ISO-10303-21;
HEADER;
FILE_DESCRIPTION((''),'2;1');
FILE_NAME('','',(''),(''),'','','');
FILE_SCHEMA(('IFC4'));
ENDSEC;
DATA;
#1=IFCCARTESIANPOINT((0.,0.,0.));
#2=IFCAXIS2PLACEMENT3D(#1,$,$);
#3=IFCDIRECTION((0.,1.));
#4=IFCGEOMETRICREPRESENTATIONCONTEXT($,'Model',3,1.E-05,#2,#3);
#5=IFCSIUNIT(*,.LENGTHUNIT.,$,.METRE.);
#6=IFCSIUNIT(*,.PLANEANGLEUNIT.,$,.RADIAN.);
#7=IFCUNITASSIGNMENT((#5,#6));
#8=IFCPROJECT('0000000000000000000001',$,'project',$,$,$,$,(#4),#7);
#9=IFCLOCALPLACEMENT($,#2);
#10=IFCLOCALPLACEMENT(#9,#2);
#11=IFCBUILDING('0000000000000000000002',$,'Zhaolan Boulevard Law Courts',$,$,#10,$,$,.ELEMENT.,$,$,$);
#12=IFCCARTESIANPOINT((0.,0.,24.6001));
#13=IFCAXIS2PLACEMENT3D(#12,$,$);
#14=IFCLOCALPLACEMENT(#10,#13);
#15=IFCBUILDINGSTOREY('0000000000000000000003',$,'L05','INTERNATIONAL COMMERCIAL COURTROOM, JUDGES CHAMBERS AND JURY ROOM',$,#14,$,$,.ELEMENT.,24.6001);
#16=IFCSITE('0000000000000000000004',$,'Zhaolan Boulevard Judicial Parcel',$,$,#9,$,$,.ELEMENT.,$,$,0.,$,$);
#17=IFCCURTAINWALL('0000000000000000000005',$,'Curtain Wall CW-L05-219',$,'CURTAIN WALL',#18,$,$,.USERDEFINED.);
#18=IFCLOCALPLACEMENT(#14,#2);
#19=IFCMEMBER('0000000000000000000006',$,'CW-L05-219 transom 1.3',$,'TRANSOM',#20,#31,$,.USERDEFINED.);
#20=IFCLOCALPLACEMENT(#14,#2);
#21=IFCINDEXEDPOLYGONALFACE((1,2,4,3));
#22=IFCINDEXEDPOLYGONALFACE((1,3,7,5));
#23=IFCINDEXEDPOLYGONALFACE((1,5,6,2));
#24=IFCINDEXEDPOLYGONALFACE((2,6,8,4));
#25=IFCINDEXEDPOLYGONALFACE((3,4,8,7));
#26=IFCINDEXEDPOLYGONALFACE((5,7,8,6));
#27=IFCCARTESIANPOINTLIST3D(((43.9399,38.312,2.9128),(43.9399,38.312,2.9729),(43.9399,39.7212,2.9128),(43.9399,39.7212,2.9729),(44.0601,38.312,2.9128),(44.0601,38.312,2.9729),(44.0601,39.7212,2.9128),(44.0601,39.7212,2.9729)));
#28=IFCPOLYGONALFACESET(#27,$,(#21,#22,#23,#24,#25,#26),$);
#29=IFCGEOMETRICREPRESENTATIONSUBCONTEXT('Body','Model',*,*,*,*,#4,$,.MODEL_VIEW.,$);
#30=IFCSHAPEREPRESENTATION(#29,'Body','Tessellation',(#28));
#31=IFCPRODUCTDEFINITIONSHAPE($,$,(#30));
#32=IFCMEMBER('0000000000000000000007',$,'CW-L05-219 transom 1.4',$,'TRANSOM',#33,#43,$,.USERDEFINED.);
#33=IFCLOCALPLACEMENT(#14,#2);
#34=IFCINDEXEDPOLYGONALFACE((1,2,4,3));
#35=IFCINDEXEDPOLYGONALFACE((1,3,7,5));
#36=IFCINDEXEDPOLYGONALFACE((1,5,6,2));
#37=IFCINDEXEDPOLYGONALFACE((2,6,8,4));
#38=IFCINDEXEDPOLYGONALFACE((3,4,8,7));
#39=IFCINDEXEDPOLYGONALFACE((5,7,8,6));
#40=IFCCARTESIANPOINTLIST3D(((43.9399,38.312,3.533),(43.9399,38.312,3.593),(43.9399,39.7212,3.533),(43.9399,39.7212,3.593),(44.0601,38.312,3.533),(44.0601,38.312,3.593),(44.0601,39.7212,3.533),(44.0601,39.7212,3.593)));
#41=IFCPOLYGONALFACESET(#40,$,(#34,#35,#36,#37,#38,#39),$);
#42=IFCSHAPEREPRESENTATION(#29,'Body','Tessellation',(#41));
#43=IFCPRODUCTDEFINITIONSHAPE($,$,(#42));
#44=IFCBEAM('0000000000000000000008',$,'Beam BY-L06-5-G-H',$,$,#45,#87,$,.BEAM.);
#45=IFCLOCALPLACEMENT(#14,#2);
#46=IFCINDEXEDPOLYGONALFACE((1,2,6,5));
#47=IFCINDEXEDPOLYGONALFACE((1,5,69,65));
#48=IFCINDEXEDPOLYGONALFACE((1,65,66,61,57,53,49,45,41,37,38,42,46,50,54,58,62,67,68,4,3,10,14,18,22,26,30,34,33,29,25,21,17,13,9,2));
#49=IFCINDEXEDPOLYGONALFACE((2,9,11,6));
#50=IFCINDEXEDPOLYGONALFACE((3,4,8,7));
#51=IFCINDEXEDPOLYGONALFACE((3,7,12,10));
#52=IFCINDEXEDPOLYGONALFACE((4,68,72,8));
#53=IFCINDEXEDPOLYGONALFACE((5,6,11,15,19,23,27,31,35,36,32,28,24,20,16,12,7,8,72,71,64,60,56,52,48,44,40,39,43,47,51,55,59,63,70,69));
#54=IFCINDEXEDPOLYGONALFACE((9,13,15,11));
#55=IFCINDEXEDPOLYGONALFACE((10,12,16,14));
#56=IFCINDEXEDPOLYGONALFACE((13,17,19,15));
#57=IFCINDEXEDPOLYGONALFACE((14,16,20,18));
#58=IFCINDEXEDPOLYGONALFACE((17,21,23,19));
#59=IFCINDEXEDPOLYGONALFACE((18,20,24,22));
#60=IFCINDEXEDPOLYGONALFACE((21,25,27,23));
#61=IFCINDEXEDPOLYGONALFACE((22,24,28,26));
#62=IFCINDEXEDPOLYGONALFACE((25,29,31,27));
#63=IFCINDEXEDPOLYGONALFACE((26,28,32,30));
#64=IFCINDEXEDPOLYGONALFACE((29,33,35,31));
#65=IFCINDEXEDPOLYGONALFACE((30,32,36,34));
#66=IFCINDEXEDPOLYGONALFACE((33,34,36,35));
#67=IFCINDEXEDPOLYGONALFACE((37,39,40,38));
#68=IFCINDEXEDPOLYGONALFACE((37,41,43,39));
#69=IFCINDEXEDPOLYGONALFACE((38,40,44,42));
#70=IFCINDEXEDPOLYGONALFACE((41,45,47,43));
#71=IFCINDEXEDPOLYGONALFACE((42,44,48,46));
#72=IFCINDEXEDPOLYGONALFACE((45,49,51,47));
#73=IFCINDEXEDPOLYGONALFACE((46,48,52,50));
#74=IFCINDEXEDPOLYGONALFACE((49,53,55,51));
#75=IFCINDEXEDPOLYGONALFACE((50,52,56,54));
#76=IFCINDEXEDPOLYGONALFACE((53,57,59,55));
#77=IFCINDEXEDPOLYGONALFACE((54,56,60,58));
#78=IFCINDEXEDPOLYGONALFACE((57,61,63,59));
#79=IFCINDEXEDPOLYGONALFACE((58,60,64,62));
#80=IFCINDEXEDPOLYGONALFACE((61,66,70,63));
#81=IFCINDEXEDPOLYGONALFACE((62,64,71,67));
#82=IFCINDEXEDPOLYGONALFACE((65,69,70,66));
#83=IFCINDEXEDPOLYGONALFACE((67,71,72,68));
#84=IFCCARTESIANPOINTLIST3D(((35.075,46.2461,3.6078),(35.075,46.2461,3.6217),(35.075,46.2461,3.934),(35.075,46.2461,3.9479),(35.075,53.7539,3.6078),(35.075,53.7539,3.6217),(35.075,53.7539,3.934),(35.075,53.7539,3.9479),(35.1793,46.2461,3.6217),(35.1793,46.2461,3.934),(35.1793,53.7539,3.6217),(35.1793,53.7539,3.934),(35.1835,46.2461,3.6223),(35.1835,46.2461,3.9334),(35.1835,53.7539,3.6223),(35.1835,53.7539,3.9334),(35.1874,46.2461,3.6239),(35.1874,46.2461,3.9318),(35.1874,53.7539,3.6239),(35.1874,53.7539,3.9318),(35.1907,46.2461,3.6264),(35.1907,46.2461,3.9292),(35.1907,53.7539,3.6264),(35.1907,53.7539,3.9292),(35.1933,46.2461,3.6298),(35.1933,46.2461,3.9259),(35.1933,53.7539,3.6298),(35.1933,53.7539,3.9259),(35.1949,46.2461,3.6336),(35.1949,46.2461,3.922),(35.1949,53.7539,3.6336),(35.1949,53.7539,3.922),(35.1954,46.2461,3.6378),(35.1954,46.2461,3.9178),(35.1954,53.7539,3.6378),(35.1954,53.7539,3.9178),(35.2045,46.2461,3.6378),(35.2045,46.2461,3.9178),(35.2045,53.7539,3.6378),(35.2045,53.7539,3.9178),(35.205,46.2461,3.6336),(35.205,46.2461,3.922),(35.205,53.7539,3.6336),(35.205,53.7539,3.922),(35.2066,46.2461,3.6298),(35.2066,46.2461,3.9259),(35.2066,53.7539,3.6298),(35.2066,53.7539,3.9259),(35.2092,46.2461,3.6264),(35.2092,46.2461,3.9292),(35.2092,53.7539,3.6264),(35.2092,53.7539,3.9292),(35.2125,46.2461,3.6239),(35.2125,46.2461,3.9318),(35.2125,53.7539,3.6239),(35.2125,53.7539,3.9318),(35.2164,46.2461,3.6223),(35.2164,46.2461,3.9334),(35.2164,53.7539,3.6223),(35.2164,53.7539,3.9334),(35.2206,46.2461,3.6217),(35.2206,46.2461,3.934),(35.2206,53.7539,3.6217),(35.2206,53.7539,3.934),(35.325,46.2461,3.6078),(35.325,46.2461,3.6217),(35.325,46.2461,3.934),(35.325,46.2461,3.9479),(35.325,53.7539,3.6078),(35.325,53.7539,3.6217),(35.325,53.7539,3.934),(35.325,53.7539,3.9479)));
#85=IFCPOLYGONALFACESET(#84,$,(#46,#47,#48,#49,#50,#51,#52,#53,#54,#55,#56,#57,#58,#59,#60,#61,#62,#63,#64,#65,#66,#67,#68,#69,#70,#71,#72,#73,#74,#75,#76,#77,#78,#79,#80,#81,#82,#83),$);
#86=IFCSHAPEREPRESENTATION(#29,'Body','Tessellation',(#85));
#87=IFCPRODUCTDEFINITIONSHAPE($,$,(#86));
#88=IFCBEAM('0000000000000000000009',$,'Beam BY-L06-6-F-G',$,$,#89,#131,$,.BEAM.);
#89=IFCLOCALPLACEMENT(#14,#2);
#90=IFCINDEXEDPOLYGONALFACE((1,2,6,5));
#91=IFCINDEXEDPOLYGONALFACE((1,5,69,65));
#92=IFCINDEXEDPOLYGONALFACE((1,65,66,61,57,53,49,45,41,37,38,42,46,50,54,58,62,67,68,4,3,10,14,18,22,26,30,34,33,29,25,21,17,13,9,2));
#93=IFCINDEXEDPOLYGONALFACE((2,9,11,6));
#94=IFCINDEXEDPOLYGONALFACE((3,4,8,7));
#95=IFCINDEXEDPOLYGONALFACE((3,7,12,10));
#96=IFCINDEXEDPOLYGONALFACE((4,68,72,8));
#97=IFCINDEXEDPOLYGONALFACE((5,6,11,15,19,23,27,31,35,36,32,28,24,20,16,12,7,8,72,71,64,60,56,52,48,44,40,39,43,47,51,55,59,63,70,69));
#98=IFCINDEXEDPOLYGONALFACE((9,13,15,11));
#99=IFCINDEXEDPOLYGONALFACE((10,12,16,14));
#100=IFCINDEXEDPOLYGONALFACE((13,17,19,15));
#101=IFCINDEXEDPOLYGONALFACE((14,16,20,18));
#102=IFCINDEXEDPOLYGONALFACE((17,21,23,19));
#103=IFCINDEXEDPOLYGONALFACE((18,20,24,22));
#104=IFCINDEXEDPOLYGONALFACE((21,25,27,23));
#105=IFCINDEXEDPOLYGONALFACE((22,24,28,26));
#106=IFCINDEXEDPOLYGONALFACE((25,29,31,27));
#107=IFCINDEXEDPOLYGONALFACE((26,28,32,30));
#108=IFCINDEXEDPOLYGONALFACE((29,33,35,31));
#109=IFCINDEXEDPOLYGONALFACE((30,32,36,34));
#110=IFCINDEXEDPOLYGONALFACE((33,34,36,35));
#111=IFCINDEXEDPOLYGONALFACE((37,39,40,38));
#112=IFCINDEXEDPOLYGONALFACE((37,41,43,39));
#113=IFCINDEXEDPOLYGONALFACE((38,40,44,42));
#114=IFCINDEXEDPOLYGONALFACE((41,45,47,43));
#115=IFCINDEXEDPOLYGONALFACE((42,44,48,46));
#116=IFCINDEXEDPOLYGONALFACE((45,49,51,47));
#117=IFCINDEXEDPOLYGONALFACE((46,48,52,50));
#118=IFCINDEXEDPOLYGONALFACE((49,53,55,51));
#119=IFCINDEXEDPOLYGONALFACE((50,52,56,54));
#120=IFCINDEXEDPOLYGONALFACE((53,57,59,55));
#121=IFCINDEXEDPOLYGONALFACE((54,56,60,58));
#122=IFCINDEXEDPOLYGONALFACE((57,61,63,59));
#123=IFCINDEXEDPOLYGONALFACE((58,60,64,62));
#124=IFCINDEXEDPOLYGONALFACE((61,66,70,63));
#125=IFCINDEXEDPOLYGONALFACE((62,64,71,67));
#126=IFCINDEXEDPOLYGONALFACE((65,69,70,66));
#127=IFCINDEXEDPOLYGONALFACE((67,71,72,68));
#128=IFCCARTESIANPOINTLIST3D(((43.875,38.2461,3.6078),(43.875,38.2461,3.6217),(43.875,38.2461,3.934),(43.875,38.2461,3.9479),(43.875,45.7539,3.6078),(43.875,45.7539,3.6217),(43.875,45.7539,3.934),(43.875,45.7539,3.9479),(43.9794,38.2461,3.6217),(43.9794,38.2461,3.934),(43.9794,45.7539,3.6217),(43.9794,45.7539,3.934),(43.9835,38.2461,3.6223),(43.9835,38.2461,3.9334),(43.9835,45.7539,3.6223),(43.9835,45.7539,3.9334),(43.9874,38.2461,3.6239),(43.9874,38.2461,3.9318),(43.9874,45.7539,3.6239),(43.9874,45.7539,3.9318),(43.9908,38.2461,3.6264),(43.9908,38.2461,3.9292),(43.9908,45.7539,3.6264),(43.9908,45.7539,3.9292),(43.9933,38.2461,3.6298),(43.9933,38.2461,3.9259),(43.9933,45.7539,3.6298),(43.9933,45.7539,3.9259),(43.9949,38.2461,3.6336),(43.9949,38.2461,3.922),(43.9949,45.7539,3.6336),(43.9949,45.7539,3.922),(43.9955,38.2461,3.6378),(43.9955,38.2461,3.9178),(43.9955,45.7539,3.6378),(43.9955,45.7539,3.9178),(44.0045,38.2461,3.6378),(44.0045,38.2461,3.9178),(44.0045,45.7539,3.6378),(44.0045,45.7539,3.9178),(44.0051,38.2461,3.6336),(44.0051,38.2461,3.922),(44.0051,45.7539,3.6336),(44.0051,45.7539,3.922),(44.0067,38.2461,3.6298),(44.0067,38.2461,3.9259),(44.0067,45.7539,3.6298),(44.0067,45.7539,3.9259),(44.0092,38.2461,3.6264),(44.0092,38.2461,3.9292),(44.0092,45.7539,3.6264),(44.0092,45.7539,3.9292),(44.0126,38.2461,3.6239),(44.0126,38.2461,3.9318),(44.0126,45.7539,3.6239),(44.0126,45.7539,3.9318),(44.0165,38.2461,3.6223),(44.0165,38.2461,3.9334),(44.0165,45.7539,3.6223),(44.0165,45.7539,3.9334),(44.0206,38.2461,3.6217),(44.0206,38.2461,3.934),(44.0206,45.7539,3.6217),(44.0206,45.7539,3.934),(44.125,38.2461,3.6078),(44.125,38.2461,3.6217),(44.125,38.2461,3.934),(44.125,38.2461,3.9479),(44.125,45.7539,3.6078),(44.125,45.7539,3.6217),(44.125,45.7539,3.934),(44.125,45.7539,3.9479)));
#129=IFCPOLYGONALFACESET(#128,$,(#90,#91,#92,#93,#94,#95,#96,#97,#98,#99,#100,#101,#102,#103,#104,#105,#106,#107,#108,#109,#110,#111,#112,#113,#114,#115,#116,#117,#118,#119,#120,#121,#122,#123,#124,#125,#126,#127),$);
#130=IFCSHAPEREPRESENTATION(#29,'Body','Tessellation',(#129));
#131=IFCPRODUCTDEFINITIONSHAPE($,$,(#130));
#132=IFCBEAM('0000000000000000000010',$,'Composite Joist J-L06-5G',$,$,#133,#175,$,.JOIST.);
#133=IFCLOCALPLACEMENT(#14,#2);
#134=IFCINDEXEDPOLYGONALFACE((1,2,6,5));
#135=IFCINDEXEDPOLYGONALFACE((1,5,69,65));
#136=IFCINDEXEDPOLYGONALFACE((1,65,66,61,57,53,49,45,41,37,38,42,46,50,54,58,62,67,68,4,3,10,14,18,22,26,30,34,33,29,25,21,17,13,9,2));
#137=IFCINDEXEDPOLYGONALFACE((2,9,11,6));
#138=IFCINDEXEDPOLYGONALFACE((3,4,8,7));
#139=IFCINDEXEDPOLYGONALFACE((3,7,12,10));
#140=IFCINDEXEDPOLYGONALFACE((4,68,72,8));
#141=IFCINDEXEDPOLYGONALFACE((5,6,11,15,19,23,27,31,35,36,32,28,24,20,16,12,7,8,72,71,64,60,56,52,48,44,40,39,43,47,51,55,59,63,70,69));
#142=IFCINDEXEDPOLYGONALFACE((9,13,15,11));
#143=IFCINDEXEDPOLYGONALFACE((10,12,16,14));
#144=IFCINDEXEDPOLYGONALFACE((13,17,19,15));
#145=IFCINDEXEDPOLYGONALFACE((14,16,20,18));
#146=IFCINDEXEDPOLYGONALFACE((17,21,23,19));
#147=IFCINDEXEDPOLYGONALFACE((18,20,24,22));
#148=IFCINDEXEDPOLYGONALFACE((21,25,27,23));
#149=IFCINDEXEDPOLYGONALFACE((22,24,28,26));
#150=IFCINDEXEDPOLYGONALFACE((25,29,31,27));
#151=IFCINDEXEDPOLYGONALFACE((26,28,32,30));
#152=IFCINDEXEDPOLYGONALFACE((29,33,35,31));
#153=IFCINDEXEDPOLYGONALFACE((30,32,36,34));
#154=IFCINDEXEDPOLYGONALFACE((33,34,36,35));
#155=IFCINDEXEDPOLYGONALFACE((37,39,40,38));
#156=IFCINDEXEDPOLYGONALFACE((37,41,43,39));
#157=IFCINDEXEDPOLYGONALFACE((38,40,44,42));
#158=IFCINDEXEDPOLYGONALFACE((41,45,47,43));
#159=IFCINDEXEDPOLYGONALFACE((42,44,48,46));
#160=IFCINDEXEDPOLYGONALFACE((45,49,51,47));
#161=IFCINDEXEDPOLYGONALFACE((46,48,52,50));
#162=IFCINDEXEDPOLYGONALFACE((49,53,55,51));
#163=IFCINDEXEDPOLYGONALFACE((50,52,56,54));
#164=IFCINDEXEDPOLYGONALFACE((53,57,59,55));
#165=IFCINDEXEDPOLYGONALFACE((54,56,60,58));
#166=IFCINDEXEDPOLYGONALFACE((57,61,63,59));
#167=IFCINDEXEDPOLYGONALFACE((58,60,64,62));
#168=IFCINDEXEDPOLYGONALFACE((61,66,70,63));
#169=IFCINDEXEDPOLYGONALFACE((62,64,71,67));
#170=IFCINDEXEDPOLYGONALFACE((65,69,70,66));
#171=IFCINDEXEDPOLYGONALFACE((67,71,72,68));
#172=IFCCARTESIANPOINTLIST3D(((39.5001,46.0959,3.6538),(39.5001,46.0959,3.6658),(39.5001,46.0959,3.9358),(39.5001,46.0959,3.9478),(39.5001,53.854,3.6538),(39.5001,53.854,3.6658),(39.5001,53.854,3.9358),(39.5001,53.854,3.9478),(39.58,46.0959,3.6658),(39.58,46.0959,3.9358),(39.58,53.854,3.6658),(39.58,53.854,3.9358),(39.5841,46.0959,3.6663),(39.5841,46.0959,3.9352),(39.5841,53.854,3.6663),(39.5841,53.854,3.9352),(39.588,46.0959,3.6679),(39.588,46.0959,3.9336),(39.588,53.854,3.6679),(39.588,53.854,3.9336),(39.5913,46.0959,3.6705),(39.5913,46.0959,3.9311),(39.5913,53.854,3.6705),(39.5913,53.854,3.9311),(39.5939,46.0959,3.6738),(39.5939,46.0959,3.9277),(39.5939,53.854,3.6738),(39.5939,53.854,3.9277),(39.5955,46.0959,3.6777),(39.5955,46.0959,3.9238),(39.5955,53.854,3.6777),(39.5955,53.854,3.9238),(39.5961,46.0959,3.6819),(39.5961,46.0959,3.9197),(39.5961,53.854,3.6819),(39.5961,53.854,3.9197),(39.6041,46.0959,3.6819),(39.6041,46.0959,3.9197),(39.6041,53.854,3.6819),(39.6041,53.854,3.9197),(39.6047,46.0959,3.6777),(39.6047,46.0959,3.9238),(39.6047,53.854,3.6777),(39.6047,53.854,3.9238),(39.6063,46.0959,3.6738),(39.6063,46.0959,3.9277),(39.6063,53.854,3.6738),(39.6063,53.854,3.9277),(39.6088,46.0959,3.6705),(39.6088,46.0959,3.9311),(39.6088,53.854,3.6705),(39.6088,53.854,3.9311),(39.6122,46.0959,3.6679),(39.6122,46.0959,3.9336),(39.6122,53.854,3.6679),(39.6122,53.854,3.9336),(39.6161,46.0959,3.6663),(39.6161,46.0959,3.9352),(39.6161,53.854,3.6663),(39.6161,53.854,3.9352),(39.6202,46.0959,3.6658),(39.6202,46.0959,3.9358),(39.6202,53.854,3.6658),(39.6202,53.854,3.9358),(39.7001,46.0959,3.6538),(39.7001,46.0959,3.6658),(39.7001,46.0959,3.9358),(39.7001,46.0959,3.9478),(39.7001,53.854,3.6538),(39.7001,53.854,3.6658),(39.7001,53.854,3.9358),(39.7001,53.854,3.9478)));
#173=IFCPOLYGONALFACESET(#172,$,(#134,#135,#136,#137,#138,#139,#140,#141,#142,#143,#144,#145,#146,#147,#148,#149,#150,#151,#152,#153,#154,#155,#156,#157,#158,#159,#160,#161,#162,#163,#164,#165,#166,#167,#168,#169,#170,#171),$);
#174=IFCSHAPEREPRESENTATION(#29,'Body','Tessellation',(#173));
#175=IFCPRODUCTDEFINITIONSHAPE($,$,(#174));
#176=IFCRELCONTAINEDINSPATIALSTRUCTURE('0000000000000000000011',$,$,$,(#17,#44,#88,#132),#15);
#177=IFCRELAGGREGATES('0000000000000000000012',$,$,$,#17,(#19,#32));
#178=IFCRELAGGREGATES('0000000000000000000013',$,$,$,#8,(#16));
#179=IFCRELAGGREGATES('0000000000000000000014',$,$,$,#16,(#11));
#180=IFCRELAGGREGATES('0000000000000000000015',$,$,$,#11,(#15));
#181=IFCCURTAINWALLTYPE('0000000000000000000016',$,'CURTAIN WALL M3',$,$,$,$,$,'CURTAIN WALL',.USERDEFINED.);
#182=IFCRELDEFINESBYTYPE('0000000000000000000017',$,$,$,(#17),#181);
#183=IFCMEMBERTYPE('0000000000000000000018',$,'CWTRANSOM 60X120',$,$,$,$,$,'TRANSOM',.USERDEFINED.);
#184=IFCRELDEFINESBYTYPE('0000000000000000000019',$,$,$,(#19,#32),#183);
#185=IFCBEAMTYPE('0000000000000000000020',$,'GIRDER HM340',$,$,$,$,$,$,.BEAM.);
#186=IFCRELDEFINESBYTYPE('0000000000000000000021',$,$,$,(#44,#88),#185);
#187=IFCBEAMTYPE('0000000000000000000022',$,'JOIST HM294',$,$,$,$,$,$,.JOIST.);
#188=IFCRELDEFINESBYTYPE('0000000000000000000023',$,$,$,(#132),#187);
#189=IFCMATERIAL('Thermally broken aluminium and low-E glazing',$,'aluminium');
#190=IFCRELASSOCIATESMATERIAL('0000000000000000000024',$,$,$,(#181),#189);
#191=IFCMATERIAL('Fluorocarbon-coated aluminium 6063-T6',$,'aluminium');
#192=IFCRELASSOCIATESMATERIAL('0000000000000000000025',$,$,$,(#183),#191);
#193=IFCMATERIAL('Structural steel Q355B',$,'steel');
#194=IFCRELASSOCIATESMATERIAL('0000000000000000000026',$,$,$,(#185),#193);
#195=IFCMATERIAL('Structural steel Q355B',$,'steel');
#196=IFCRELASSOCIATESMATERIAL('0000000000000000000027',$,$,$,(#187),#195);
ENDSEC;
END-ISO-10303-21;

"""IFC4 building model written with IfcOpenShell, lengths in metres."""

from ifc_helpers import new_model, si_unit, direction, frame, origin, origin_2d, place, context, subcontext, project, spatial, rectangle, i_section, extrude, material, material_profile, profile_set, type_object, element, aggregate, save


model = new_model("IFC4")

# Units and contexts
model_context = context("Model", 3, precision=1e-05, world=origin(), true_north=direction((0.0, 1.0)))
body_context = subcontext(model_context, "Body", "Model", "MODEL_VIEW")
ifc_project = project(units=[si_unit("LENGTHUNIT", "METRE"), si_unit("PLANEANGLEUNIT", "RADIAN")], contexts=[model_context])

# Site, building, storey
site_placement = place(None, origin())
site = spatial("IfcSite", under=ifc_project, at=site_placement, Name="Zhaolan Boulevard Judicial Parcel", CompositionType="ELEMENT", RefElevation=0.0)
building_placement = place(site_placement, origin())
building = spatial("IfcBuilding", under=site, at=building_placement, Name="Zhaolan Boulevard Law Courts", CompositionType="ELEMENT")
storey_placement = place(building_placement, frame((0.0, 0.0, 24.6001)))
storey = spatial("IfcBuildingStorey", under=building, at=storey_placement, Name="L05", Description="INTERNATIONAL COMMERCIAL COURTROOM, JUDGES CHAMBERS AND JURY ROOM", CompositionType="ELEMENT", Elevation=24.6001)

# Curtain wall, members
ifc_material_1 = material(Name="Thermally broken aluminium and low-E glazing", Category="aluminium")
curtain_wall_type = type_object("IfcCurtainWallType", Name="CURTAIN WALL M3", ElementType="CURTAIN WALL", PredefinedType="USERDEFINED", material=ifc_material_1)
curtain_wall_placement = place(storey_placement, origin())
curtain_wall = element("IfcCurtainWall", 1, at=curtain_wall_placement, inside=storey, type_object=curtain_wall_type, Name="Curtain Wall CW-L05-219", ObjectType="CURTAIN WALL", PredefinedType="USERDEFINED")
ifc_material_2 = material(Name="Fluorocarbon-coated aluminium 6063-T6", Category="aluminium")
ifc_material_profile_1 = material_profile(ifc_material_2, rectangle(XDim=0.1201, YDim=0.0601, at=origin_2d()), Name="AL60x120")
ifc_profile_set_1 = profile_set([ifc_material_profile_1], Name="Fluorocarbon-coated aluminium 6063-T6")
member_type_1 = type_object("IfcMemberType", Name="CWTRANSOM 60X120", ElementType="TRANSOM", PredefinedType="USERDEFINED", material=ifc_profile_set_1)
member_1_placement = place(storey_placement, frame((44.0, 38.312, 2.9429), z_axis=(0.0, 1.0, 0.0), x_axis=(-1.0, 0.0, 0.0)))
member_1 = element("IfcMember", 2, at=member_1_placement, type_object=member_type_1, Name="CW-L05-219 transom 1.3", ObjectType="TRANSOM", PredefinedType="USERDEFINED", context=body_context, shape_type="SweptSolid", body=[
    extrude(rectangle(XDim=0.1201, YDim=0.0601, at=origin_2d()), origin(), (0.0, 0.0, 1.0), 1.4092),
])
member_2_placement = place(storey_placement, frame((44.0, 38.312, 3.563), z_axis=(0.0, 1.0, 0.0), x_axis=(-1.0, 0.0, 0.0)))
member_2 = element("IfcMember", 3, at=member_2_placement, type_object=member_type_1, Name="CW-L05-219 transom 1.4", ObjectType="TRANSOM", PredefinedType="USERDEFINED", context=body_context, shape_type="SweptSolid", body=[
    extrude(rectangle(XDim=0.1201, YDim=0.0601, at=origin_2d()), origin(), (0.0, 0.0, 1.0), 1.4092),
])

# Beams
ifc_material_3 = material(Name="Structural steel Q355B", Category="steel")
ifc_material_profile_2 = material_profile(ifc_material_3, i_section(OverallWidth=0.25, OverallDepth=0.3401, WebThickness=0.009, FlangeThickness=0.0139, FilletRadius=0.0161, at=origin_2d()), Name="HM340x250")
ifc_profile_set_2 = profile_set([ifc_material_profile_2], Name="Structural steel Q355B")
beam_type_1 = type_object("IfcBeamType", Name="GIRDER HM340", PredefinedType="BEAM", material=ifc_profile_set_2)
for number, where, z_axis, x_axis, name in (
    (4, (35.2, 46.2461, 3.7778), (0.0, 1.0, 0.0), (-1.0, 0.0, 0.0), "Beam BY-L06-5-G-H"),
    (5, (44.0, 38.2461, 3.7778), (0.0, 1.0, 0.0), (-1.0, 0.0, 0.0), "Beam BY-L06-6-F-G"),
):
    element("IfcBeam", number, at=place(storey_placement, frame(where, z_axis=z_axis, x_axis=x_axis)), inside=storey, type_object=beam_type_1, Name=name, PredefinedType="BEAM", context=body_context, shape_type="SweptSolid", body=[
        extrude(i_section(OverallWidth=0.25, OverallDepth=0.3401, WebThickness=0.009, FlangeThickness=0.0139, FilletRadius=0.0161, at=origin_2d()), origin(), (0.0, 0.0, 1.0), 7.5078),
    ])
ifc_material_4 = material(Name="Structural steel Q355B", Category="steel")
ifc_material_profile_3 = material_profile(ifc_material_4, i_section(OverallWidth=0.2, OverallDepth=0.2939, WebThickness=0.0081, FlangeThickness=0.012, FilletRadius=0.0161, at=origin_2d()), Name="HM294x200")
ifc_profile_set_3 = profile_set([ifc_material_profile_3], Name="Structural steel Q355B")
beam_type_2 = type_object("IfcBeamType", Name="JOIST HM294", PredefinedType="JOIST", material=ifc_profile_set_3)
beam_1_placement = place(storey_placement, frame((39.6001, 46.0959, 3.8008), z_axis=(0.0, 1.0, 0.0), x_axis=(-1.0, 0.0, 0.0)))
element("IfcBeam", 6, at=beam_1_placement, inside=storey, type_object=beam_type_2, Name="Composite Joist J-L06-5G", PredefinedType="JOIST", context=body_context, shape_type="SweptSolid", body=[
    extrude(i_section(OverallWidth=0.2, OverallDepth=0.2939, WebThickness=0.0081, FlangeThickness=0.012, FilletRadius=0.0161, at=origin_2d()), origin(), (0.0, 0.0, 1.0), 7.7581),
])

aggregate(curtain_wall, [member_1, member_2])

save(model, "model.ifc")
